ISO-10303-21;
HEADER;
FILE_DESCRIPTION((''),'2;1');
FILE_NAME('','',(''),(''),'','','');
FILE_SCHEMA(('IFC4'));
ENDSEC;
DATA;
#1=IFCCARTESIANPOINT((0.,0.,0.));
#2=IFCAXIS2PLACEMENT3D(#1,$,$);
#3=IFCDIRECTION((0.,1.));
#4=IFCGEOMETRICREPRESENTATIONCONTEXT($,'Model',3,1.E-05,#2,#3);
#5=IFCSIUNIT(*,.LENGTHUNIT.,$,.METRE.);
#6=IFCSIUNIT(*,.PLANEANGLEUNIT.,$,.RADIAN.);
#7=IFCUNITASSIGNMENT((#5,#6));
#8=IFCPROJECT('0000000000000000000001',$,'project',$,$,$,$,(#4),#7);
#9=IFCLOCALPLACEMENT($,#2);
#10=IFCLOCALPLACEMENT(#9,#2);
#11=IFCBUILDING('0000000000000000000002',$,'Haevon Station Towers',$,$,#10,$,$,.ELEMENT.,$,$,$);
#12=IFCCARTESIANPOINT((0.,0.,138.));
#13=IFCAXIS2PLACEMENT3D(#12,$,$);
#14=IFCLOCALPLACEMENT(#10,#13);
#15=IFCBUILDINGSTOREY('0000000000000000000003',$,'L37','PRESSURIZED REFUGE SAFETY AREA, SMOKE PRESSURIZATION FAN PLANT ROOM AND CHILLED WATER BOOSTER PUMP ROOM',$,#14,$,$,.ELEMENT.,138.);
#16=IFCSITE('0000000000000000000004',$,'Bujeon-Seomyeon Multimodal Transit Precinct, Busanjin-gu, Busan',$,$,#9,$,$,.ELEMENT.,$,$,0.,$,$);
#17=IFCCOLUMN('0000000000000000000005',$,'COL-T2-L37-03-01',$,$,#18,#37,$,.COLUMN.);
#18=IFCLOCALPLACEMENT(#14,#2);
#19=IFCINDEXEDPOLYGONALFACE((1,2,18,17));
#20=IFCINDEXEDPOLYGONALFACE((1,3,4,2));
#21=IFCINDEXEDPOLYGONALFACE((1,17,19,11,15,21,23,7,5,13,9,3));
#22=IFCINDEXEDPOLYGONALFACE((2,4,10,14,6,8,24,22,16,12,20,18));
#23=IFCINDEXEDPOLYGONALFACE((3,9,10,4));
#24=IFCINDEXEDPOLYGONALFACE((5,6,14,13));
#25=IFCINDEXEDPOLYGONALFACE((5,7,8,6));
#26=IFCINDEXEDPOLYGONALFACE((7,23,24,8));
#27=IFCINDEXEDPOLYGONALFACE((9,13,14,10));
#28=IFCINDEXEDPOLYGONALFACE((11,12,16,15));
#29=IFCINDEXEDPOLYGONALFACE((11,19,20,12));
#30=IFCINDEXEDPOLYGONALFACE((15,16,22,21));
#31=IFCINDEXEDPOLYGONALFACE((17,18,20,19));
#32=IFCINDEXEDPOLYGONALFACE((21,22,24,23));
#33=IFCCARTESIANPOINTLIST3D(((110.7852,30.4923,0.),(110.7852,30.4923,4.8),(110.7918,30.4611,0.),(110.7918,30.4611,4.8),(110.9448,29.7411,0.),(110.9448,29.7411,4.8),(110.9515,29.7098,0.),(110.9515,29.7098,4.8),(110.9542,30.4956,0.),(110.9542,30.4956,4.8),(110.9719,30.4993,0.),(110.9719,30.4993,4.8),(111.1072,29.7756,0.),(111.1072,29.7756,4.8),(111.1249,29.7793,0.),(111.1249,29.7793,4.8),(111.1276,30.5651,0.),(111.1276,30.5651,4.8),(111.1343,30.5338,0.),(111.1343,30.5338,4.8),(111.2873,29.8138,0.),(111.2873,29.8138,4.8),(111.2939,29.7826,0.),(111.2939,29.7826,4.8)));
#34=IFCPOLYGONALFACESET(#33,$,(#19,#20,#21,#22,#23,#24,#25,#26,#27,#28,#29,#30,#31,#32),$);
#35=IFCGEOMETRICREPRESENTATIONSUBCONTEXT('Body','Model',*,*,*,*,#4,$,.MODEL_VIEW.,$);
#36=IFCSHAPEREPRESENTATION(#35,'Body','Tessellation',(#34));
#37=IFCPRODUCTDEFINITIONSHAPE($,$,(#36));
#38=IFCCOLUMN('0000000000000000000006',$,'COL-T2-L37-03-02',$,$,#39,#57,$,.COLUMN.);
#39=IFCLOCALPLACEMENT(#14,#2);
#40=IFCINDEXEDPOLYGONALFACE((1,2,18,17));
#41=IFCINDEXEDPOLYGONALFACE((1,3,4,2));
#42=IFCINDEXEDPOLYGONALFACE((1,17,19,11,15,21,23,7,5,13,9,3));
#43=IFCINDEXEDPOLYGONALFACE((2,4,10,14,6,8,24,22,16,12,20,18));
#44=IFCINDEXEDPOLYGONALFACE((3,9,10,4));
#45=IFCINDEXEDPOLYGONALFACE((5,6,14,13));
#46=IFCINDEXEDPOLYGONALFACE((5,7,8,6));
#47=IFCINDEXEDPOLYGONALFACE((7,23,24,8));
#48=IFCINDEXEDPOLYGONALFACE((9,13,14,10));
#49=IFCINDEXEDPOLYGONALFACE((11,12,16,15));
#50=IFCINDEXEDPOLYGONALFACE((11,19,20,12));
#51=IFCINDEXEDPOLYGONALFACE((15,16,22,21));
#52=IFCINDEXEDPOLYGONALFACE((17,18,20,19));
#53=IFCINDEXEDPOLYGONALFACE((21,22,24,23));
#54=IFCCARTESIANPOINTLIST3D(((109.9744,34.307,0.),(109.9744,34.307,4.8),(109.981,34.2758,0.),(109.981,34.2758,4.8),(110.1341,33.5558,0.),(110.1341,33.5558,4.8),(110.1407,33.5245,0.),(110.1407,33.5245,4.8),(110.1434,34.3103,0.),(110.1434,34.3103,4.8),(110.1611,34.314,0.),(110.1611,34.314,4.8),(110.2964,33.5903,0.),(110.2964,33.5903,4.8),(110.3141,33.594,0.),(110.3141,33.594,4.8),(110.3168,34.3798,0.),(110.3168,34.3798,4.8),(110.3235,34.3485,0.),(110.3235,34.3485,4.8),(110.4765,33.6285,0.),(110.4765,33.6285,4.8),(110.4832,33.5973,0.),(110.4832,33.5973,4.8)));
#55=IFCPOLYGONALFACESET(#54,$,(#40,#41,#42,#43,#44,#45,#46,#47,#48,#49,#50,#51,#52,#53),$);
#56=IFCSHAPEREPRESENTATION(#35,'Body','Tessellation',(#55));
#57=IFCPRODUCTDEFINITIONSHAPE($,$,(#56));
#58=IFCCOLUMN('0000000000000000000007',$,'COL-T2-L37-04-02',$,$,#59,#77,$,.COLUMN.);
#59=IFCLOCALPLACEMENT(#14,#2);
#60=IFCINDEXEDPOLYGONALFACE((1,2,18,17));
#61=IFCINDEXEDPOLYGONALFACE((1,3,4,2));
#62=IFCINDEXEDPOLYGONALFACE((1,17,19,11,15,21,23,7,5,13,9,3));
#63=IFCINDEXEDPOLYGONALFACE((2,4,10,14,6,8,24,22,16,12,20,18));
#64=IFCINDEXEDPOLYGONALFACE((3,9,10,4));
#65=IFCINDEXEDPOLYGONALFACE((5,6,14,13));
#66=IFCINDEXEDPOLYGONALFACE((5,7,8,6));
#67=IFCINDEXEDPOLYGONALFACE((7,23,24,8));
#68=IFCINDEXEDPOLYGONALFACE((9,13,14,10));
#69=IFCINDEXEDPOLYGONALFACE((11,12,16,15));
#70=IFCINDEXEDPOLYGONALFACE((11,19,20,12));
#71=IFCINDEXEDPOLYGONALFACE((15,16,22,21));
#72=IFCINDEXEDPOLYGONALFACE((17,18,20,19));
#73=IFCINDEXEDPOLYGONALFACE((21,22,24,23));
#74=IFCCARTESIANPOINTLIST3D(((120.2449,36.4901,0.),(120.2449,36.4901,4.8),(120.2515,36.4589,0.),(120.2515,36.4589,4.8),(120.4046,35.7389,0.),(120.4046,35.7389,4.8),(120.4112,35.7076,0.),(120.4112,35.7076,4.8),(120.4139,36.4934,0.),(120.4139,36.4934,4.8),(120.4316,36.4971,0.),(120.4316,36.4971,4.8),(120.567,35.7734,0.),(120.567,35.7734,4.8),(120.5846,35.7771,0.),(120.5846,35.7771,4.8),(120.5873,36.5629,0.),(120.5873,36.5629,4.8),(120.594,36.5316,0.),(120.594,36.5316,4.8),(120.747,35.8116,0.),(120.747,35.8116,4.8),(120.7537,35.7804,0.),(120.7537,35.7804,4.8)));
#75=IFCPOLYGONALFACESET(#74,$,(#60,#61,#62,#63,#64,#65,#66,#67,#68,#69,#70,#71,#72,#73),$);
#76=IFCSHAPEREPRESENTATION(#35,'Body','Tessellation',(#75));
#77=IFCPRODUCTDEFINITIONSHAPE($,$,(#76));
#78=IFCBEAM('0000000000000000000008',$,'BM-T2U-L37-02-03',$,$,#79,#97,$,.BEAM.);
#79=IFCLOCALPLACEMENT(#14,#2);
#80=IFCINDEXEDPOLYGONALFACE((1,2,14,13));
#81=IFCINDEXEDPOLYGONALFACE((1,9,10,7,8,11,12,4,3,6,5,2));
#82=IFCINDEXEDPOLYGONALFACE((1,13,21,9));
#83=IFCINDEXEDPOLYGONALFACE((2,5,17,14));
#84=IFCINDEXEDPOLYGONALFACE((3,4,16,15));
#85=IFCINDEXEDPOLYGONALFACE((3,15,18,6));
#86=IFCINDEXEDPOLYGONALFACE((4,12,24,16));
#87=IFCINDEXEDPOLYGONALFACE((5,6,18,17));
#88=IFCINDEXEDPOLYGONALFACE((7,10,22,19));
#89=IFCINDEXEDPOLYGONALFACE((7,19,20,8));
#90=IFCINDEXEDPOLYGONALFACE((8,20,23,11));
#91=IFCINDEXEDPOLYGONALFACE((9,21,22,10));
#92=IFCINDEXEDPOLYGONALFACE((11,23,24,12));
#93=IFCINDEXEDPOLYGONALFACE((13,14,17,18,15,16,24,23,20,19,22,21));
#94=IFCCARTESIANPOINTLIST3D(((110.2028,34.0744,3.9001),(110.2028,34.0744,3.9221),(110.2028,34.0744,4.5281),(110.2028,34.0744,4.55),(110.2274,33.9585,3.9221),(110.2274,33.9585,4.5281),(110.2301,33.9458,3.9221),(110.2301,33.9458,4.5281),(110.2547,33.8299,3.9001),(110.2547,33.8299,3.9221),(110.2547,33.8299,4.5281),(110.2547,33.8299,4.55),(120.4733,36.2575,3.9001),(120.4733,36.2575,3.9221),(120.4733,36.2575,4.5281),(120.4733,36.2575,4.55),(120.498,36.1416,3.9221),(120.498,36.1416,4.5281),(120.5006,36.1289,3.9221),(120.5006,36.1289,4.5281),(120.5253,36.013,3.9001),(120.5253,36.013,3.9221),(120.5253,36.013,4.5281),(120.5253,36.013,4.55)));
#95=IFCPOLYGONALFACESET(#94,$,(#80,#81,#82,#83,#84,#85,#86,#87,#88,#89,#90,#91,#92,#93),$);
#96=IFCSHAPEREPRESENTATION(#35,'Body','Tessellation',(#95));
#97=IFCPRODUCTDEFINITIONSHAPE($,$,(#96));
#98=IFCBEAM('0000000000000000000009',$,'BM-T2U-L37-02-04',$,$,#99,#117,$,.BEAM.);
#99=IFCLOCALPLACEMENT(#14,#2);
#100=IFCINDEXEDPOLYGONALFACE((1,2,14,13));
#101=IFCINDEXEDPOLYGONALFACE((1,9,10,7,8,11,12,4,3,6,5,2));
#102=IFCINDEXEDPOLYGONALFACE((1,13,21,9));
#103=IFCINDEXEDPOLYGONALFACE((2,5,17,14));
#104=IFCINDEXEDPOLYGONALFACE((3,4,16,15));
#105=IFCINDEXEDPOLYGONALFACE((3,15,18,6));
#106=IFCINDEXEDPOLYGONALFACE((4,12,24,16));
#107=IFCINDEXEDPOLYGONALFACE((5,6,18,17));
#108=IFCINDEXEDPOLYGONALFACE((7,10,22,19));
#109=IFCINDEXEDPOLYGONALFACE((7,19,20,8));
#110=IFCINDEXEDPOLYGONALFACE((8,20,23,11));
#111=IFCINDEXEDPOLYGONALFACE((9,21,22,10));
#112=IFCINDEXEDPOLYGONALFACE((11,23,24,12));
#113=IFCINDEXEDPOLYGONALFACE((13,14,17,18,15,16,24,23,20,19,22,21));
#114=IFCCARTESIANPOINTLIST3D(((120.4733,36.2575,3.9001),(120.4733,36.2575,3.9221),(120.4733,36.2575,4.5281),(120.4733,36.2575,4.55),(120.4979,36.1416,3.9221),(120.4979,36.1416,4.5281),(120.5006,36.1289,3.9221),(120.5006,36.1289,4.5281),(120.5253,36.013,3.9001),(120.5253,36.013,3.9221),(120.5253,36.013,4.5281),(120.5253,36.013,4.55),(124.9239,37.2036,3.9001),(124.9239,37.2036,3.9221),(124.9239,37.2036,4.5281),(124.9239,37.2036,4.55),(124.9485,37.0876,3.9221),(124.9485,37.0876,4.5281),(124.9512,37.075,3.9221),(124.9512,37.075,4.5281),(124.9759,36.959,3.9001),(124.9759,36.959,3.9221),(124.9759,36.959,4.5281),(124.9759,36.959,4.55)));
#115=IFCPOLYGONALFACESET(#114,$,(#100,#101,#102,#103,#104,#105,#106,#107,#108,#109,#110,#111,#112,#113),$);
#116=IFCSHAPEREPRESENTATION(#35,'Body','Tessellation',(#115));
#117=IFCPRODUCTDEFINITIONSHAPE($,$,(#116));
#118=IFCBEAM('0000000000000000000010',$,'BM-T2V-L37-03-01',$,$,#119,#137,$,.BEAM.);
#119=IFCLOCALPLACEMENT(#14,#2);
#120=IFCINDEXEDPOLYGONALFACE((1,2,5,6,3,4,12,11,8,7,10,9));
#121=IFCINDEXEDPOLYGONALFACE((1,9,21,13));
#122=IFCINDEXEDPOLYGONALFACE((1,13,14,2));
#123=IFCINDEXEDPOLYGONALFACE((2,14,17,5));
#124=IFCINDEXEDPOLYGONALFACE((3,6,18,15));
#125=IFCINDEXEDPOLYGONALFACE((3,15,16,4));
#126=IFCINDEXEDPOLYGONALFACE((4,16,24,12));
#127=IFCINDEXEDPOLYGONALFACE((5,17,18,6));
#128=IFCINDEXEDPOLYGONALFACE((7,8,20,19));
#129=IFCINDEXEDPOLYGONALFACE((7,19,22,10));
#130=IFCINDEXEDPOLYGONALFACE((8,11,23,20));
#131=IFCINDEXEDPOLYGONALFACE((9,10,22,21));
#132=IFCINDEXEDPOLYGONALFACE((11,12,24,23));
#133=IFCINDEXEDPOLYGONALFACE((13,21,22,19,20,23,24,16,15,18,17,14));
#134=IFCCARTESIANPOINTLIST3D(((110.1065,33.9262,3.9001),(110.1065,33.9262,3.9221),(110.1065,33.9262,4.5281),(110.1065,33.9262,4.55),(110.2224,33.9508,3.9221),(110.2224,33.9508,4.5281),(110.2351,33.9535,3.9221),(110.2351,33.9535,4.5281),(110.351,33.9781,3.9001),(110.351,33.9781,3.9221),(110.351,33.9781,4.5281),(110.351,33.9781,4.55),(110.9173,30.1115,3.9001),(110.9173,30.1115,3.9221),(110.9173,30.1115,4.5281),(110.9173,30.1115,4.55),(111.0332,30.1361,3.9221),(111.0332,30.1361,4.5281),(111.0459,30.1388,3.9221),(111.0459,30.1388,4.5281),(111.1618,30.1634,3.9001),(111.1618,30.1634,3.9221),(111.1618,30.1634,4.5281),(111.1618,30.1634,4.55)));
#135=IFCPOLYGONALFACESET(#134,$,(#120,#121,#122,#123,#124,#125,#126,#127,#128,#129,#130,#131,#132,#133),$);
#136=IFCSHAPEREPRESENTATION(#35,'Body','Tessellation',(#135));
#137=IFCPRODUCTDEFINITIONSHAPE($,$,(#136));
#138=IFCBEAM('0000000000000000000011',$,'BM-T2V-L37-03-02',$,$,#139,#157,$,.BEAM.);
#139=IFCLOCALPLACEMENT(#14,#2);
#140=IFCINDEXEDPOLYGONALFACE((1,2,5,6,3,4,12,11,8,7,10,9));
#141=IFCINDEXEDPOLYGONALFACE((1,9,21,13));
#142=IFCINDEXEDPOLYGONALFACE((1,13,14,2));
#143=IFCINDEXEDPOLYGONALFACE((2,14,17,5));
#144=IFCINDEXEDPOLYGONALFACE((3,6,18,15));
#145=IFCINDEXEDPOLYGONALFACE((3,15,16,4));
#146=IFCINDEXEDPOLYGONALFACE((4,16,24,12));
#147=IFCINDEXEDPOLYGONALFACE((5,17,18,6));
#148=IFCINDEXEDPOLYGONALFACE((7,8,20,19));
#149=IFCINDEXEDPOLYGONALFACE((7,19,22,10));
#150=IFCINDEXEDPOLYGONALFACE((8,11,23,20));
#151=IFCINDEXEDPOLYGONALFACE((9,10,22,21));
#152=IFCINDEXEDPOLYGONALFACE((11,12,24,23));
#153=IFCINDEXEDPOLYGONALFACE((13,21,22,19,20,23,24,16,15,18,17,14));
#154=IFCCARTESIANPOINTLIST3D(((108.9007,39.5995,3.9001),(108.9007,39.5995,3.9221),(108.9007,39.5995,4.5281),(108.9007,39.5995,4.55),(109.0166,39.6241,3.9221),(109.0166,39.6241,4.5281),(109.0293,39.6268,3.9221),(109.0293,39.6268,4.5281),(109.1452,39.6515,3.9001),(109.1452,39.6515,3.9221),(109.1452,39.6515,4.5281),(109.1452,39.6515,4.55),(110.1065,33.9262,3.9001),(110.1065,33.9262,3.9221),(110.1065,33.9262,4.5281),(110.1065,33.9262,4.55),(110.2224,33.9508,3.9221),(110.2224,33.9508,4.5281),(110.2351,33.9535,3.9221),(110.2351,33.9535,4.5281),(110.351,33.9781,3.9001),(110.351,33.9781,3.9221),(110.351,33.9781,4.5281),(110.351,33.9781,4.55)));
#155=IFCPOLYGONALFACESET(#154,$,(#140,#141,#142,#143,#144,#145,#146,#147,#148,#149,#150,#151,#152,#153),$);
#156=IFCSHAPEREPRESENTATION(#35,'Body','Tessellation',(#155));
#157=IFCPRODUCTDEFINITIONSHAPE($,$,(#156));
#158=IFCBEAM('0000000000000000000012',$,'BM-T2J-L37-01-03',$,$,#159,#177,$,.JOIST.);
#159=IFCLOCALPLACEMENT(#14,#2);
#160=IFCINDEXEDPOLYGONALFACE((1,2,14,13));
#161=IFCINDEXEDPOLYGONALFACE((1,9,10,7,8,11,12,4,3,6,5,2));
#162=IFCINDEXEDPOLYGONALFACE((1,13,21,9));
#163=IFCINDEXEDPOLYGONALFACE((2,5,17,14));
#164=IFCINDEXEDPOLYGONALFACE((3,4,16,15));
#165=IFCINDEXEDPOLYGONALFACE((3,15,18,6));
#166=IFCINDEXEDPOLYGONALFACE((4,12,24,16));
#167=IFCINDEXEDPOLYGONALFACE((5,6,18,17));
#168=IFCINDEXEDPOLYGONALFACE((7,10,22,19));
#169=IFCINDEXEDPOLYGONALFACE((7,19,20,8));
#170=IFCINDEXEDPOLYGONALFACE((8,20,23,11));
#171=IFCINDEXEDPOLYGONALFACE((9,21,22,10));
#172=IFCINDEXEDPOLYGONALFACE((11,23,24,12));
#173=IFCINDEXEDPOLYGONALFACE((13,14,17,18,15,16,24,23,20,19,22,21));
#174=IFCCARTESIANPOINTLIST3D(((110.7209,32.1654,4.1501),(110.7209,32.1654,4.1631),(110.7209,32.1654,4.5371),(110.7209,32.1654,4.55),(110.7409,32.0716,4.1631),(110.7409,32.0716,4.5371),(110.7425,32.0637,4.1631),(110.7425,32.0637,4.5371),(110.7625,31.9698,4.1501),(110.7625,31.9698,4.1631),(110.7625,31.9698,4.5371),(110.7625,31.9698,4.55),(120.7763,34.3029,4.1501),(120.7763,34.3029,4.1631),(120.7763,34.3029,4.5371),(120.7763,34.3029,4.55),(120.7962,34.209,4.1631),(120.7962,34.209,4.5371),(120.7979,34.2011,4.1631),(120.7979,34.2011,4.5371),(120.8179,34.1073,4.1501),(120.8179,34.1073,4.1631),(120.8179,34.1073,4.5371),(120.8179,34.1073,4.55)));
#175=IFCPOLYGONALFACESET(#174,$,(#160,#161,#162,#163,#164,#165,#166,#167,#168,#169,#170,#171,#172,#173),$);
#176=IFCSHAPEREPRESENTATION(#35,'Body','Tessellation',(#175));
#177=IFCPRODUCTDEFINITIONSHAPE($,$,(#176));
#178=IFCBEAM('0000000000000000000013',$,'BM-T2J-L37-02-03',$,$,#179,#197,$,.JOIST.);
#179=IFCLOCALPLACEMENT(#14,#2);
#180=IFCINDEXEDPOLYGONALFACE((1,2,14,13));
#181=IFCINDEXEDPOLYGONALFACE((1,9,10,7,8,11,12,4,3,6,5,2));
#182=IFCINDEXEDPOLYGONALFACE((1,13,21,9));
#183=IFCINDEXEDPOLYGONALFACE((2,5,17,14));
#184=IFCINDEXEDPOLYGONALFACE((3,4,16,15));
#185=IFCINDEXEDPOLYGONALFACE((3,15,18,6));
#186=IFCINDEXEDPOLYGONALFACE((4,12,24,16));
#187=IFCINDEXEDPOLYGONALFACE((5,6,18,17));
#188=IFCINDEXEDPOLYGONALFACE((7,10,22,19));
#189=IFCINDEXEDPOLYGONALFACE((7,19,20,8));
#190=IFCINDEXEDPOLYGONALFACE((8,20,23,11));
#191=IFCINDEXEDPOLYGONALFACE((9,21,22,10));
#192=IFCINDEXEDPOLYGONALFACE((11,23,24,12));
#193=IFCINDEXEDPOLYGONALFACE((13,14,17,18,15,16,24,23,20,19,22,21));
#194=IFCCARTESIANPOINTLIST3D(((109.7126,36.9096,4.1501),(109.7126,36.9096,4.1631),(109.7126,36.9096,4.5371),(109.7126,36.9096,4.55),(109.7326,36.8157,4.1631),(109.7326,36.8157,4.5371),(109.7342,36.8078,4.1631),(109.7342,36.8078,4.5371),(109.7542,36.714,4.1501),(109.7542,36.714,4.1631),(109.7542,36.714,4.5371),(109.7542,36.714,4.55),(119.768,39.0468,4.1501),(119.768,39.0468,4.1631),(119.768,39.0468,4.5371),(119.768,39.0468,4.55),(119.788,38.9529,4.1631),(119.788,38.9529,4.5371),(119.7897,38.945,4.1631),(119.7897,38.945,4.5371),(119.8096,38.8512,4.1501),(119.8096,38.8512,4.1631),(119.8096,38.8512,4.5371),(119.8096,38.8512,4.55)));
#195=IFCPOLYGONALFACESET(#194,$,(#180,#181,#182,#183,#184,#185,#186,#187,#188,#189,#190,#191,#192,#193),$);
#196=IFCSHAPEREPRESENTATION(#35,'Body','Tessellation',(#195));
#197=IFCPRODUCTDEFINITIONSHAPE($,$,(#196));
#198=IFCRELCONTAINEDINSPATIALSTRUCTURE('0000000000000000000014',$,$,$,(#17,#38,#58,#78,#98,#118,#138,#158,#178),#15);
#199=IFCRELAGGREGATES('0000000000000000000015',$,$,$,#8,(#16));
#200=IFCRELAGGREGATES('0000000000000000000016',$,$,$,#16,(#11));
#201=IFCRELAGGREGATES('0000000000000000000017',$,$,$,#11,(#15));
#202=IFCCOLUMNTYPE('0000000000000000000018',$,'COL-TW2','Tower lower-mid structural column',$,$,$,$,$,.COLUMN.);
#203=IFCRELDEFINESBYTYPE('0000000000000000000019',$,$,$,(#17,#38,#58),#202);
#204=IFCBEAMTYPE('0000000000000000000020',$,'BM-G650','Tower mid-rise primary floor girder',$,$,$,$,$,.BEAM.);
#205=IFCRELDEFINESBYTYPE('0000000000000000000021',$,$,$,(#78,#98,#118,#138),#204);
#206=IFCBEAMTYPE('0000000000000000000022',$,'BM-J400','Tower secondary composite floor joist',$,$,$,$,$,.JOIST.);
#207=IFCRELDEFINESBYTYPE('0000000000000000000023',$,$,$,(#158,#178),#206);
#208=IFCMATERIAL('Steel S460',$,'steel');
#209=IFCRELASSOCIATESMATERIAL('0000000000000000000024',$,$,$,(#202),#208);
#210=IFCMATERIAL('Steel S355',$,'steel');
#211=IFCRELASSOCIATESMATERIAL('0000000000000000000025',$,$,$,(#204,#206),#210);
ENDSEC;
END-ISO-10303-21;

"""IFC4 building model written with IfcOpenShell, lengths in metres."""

from ifc_helpers import new_model, si_unit, direction, frame, origin, origin_2d, place, context, subcontext, project, spatial, i_section, extrude, material, material_profile, profile_set, type_object, element, save


model = new_model("IFC4")

# Units and contexts
model_context = context("Model", 3, precision=1e-05, world=origin(), true_north=direction((0.0, 1.0)))
body_context = subcontext(model_context, "Body", "Model", "MODEL_VIEW")
ifc_project = project(units=[si_unit("LENGTHUNIT", "METRE"), si_unit("PLANEANGLEUNIT", "RADIAN")], contexts=[model_context])

# Site, building, storey
site_placement = place(None, origin())
site = spatial("IfcSite", under=ifc_project, at=site_placement, Name="Bujeon-Seomyeon Multimodal Transit Precinct, Busanjin-gu, Busan", CompositionType="ELEMENT", RefElevation=0.0)
building_placement = place(site_placement, origin())
building = spatial("IfcBuilding", under=site, at=building_placement, Name="Haevon Station Towers", CompositionType="ELEMENT")
storey_placement = place(building_placement, frame((0.0, 0.0, 138.0)))
storey = spatial("IfcBuildingStorey", under=building, at=storey_placement, Name="L37", Description="PRESSURIZED REFUGE SAFETY AREA, SMOKE PRESSURIZATION FAN PLANT ROOM AND CHILLED WATER BOOSTER PUMP ROOM", CompositionType="ELEMENT", Elevation=138.0)

# Columns
ifc_material_1 = material(Name="Steel S460", Category="steel")
ifc_material_profile_1 = material_profile(ifc_material_1, i_section(OverallWidth=0.3501, OverallDepth=0.8, WebThickness=0.0181, FlangeThickness=0.032, at=origin_2d()), Name="H-800x350x18x32")
ifc_profile_set_1 = profile_set([ifc_material_profile_1], Name="Steel S460")
column_type = type_object("IfcColumnType", Name="COL-TW2", Description="Tower lower-mid structural column", PredefinedType="COLUMN", material=ifc_profile_set_1)
for number, where, z_axis, x_axis, name in (
    (1, (111.0396, 30.1375, 0.0), (0.0, 0.0, 1.0), (0.978148, 0.207912, 0.0), "COL-T2-L37-03-01"),
    (2, (110.2288, 33.9521, 0.0), (0.0, 0.0, 1.0), (0.978148, 0.207912, 0.0), "COL-T2-L37-03-02"),
    (3, (120.4993, 36.1353, 0.0), (0.0, 0.0, 1.0), (0.978148, 0.207912, 0.0), "COL-T2-L37-04-02"),
):
    element("IfcColumn", number, at=place(storey_placement, frame(where, z_axis=z_axis, x_axis=x_axis)), inside=storey, type_object=column_type, Name=name, PredefinedType="COLUMN", context=body_context, shape_type="SweptSolid", body=[
        extrude(i_section(OverallWidth=0.3501, OverallDepth=0.8, WebThickness=0.0181, FlangeThickness=0.032, at=origin_2d()), origin(), (0.0, 0.0, 1.0), 4.8),
    ])

# Beams
ifc_material_2 = material(Name="Steel S355", Category="steel")
ifc_material_profile_2 = material_profile(ifc_material_2, i_section(OverallWidth=0.25, OverallDepth=0.6499, WebThickness=0.0129, FlangeThickness=0.022, at=origin_2d()), Name="H-650x250x13x22")
ifc_profile_set_2 = profile_set([ifc_material_profile_2], Name="Steel S355")
beam_type_1 = type_object("IfcBeamType", Name="BM-G650", Description="Tower mid-rise primary floor girder", PredefinedType="BEAM", material=ifc_profile_set_2)
beam_1_placement = place(storey_placement, frame((110.2288, 33.9521, 4.2251), z_axis=(0.978147, 0.207915, 0.0), x_axis=(-0.207915, 0.978147, 0.0)))
element("IfcBeam", 4, at=beam_1_placement, inside=storey, type_object=beam_type_1, Name="BM-T2U-L37-02-03", PredefinedType="BEAM", context=body_context, shape_type="SweptSolid", body=[
    extrude(i_section(OverallWidth=0.25, OverallDepth=0.6499, WebThickness=0.0129, FlangeThickness=0.022, at=origin_2d()), origin(), (0.0, 0.0, 1.0), 10.5),
])
beam_2_placement = place(storey_placement, frame((120.4993, 36.1353, 4.2251), z_axis=(0.978147, 0.207917, 0.0), x_axis=(-0.207917, 0.978147, 0.0)))
element("IfcBeam", 5, at=beam_2_placement, inside=storey, type_object=beam_type_1, Name="BM-T2U-L37-02-04", PredefinedType="BEAM", context=body_context, shape_type="SweptSolid", body=[
    extrude(i_section(OverallWidth=0.25, OverallDepth=0.6499, WebThickness=0.0129, FlangeThickness=0.022, at=origin_2d()), origin(), (0.0, 0.0, 1.0), 4.55),
])
beam_3_placement = place(storey_placement, frame((111.0396, 30.1375, 4.2251), z_axis=(-0.2079, 0.97815, 0.0), x_axis=(-0.97815, -0.2079, 0.0)))
element("IfcBeam", 6, at=beam_3_placement, inside=storey, type_object=beam_type_1, Name="BM-T2V-L37-03-01", PredefinedType="BEAM", context=body_context, shape_type="SweptSolid", body=[
    extrude(i_section(OverallWidth=0.25, OverallDepth=0.6499, WebThickness=0.0129, FlangeThickness=0.022, at=origin_2d()), origin(), (0.0, 0.0, 1.0), 3.8999),
])
beam_4_placement = place(storey_placement, frame((110.2288, 33.9521, 4.2251), z_axis=(-0.207896, 0.978151, 0.0), x_axis=(-0.978151, -0.207896, 0.0)))
element("IfcBeam", 7, at=beam_4_placement, inside=storey, type_object=beam_type_1, Name="BM-T2V-L37-03-02", PredefinedType="BEAM", context=body_context, shape_type="SweptSolid", body=[
    extrude(i_section(OverallWidth=0.25, OverallDepth=0.6499, WebThickness=0.0129, FlangeThickness=0.022, at=origin_2d()), origin(), (0.0, 0.0, 1.0), 5.8),
])
ifc_material_profile_3 = material_profile(ifc_material_2, i_section(OverallWidth=0.2, OverallDepth=0.3999, WebThickness=0.0081, FlangeThickness=0.0129, at=origin_2d()), Name="H-400x200x8x13")
ifc_profile_set_3 = profile_set([ifc_material_profile_3], Name="Steel S355")
beam_type_2 = type_object("IfcBeamType", Name="BM-J400", Description="Tower secondary composite floor joist", PredefinedType="JOIST", material=ifc_profile_set_3)
for number, where, z_axis, x_axis, name in (
    (8, (110.7417, 32.0676, 4.3501), (0.978146, 0.207922, 0.0), (-0.207922, 0.978146, 0.0), "BM-T2J-L37-01-03"),
    (9, (109.7334, 36.8118, 4.3501), (0.97815, 0.207899, 0.0), (-0.207899, 0.97815, 0.0), "BM-T2J-L37-02-03"),
):
    element("IfcBeam", number, at=place(storey_placement, frame(where, z_axis=z_axis, x_axis=x_axis)), inside=storey, type_object=beam_type_2, Name=name, PredefinedType="JOIST", context=body_context, shape_type="SweptSolid", body=[
        extrude(i_section(OverallWidth=0.2, OverallDepth=0.3999, WebThickness=0.0081, FlangeThickness=0.0129, at=origin_2d()), origin(), (0.0, 0.0, 1.0), 10.28),
    ])

save(model, "model.ifc")
